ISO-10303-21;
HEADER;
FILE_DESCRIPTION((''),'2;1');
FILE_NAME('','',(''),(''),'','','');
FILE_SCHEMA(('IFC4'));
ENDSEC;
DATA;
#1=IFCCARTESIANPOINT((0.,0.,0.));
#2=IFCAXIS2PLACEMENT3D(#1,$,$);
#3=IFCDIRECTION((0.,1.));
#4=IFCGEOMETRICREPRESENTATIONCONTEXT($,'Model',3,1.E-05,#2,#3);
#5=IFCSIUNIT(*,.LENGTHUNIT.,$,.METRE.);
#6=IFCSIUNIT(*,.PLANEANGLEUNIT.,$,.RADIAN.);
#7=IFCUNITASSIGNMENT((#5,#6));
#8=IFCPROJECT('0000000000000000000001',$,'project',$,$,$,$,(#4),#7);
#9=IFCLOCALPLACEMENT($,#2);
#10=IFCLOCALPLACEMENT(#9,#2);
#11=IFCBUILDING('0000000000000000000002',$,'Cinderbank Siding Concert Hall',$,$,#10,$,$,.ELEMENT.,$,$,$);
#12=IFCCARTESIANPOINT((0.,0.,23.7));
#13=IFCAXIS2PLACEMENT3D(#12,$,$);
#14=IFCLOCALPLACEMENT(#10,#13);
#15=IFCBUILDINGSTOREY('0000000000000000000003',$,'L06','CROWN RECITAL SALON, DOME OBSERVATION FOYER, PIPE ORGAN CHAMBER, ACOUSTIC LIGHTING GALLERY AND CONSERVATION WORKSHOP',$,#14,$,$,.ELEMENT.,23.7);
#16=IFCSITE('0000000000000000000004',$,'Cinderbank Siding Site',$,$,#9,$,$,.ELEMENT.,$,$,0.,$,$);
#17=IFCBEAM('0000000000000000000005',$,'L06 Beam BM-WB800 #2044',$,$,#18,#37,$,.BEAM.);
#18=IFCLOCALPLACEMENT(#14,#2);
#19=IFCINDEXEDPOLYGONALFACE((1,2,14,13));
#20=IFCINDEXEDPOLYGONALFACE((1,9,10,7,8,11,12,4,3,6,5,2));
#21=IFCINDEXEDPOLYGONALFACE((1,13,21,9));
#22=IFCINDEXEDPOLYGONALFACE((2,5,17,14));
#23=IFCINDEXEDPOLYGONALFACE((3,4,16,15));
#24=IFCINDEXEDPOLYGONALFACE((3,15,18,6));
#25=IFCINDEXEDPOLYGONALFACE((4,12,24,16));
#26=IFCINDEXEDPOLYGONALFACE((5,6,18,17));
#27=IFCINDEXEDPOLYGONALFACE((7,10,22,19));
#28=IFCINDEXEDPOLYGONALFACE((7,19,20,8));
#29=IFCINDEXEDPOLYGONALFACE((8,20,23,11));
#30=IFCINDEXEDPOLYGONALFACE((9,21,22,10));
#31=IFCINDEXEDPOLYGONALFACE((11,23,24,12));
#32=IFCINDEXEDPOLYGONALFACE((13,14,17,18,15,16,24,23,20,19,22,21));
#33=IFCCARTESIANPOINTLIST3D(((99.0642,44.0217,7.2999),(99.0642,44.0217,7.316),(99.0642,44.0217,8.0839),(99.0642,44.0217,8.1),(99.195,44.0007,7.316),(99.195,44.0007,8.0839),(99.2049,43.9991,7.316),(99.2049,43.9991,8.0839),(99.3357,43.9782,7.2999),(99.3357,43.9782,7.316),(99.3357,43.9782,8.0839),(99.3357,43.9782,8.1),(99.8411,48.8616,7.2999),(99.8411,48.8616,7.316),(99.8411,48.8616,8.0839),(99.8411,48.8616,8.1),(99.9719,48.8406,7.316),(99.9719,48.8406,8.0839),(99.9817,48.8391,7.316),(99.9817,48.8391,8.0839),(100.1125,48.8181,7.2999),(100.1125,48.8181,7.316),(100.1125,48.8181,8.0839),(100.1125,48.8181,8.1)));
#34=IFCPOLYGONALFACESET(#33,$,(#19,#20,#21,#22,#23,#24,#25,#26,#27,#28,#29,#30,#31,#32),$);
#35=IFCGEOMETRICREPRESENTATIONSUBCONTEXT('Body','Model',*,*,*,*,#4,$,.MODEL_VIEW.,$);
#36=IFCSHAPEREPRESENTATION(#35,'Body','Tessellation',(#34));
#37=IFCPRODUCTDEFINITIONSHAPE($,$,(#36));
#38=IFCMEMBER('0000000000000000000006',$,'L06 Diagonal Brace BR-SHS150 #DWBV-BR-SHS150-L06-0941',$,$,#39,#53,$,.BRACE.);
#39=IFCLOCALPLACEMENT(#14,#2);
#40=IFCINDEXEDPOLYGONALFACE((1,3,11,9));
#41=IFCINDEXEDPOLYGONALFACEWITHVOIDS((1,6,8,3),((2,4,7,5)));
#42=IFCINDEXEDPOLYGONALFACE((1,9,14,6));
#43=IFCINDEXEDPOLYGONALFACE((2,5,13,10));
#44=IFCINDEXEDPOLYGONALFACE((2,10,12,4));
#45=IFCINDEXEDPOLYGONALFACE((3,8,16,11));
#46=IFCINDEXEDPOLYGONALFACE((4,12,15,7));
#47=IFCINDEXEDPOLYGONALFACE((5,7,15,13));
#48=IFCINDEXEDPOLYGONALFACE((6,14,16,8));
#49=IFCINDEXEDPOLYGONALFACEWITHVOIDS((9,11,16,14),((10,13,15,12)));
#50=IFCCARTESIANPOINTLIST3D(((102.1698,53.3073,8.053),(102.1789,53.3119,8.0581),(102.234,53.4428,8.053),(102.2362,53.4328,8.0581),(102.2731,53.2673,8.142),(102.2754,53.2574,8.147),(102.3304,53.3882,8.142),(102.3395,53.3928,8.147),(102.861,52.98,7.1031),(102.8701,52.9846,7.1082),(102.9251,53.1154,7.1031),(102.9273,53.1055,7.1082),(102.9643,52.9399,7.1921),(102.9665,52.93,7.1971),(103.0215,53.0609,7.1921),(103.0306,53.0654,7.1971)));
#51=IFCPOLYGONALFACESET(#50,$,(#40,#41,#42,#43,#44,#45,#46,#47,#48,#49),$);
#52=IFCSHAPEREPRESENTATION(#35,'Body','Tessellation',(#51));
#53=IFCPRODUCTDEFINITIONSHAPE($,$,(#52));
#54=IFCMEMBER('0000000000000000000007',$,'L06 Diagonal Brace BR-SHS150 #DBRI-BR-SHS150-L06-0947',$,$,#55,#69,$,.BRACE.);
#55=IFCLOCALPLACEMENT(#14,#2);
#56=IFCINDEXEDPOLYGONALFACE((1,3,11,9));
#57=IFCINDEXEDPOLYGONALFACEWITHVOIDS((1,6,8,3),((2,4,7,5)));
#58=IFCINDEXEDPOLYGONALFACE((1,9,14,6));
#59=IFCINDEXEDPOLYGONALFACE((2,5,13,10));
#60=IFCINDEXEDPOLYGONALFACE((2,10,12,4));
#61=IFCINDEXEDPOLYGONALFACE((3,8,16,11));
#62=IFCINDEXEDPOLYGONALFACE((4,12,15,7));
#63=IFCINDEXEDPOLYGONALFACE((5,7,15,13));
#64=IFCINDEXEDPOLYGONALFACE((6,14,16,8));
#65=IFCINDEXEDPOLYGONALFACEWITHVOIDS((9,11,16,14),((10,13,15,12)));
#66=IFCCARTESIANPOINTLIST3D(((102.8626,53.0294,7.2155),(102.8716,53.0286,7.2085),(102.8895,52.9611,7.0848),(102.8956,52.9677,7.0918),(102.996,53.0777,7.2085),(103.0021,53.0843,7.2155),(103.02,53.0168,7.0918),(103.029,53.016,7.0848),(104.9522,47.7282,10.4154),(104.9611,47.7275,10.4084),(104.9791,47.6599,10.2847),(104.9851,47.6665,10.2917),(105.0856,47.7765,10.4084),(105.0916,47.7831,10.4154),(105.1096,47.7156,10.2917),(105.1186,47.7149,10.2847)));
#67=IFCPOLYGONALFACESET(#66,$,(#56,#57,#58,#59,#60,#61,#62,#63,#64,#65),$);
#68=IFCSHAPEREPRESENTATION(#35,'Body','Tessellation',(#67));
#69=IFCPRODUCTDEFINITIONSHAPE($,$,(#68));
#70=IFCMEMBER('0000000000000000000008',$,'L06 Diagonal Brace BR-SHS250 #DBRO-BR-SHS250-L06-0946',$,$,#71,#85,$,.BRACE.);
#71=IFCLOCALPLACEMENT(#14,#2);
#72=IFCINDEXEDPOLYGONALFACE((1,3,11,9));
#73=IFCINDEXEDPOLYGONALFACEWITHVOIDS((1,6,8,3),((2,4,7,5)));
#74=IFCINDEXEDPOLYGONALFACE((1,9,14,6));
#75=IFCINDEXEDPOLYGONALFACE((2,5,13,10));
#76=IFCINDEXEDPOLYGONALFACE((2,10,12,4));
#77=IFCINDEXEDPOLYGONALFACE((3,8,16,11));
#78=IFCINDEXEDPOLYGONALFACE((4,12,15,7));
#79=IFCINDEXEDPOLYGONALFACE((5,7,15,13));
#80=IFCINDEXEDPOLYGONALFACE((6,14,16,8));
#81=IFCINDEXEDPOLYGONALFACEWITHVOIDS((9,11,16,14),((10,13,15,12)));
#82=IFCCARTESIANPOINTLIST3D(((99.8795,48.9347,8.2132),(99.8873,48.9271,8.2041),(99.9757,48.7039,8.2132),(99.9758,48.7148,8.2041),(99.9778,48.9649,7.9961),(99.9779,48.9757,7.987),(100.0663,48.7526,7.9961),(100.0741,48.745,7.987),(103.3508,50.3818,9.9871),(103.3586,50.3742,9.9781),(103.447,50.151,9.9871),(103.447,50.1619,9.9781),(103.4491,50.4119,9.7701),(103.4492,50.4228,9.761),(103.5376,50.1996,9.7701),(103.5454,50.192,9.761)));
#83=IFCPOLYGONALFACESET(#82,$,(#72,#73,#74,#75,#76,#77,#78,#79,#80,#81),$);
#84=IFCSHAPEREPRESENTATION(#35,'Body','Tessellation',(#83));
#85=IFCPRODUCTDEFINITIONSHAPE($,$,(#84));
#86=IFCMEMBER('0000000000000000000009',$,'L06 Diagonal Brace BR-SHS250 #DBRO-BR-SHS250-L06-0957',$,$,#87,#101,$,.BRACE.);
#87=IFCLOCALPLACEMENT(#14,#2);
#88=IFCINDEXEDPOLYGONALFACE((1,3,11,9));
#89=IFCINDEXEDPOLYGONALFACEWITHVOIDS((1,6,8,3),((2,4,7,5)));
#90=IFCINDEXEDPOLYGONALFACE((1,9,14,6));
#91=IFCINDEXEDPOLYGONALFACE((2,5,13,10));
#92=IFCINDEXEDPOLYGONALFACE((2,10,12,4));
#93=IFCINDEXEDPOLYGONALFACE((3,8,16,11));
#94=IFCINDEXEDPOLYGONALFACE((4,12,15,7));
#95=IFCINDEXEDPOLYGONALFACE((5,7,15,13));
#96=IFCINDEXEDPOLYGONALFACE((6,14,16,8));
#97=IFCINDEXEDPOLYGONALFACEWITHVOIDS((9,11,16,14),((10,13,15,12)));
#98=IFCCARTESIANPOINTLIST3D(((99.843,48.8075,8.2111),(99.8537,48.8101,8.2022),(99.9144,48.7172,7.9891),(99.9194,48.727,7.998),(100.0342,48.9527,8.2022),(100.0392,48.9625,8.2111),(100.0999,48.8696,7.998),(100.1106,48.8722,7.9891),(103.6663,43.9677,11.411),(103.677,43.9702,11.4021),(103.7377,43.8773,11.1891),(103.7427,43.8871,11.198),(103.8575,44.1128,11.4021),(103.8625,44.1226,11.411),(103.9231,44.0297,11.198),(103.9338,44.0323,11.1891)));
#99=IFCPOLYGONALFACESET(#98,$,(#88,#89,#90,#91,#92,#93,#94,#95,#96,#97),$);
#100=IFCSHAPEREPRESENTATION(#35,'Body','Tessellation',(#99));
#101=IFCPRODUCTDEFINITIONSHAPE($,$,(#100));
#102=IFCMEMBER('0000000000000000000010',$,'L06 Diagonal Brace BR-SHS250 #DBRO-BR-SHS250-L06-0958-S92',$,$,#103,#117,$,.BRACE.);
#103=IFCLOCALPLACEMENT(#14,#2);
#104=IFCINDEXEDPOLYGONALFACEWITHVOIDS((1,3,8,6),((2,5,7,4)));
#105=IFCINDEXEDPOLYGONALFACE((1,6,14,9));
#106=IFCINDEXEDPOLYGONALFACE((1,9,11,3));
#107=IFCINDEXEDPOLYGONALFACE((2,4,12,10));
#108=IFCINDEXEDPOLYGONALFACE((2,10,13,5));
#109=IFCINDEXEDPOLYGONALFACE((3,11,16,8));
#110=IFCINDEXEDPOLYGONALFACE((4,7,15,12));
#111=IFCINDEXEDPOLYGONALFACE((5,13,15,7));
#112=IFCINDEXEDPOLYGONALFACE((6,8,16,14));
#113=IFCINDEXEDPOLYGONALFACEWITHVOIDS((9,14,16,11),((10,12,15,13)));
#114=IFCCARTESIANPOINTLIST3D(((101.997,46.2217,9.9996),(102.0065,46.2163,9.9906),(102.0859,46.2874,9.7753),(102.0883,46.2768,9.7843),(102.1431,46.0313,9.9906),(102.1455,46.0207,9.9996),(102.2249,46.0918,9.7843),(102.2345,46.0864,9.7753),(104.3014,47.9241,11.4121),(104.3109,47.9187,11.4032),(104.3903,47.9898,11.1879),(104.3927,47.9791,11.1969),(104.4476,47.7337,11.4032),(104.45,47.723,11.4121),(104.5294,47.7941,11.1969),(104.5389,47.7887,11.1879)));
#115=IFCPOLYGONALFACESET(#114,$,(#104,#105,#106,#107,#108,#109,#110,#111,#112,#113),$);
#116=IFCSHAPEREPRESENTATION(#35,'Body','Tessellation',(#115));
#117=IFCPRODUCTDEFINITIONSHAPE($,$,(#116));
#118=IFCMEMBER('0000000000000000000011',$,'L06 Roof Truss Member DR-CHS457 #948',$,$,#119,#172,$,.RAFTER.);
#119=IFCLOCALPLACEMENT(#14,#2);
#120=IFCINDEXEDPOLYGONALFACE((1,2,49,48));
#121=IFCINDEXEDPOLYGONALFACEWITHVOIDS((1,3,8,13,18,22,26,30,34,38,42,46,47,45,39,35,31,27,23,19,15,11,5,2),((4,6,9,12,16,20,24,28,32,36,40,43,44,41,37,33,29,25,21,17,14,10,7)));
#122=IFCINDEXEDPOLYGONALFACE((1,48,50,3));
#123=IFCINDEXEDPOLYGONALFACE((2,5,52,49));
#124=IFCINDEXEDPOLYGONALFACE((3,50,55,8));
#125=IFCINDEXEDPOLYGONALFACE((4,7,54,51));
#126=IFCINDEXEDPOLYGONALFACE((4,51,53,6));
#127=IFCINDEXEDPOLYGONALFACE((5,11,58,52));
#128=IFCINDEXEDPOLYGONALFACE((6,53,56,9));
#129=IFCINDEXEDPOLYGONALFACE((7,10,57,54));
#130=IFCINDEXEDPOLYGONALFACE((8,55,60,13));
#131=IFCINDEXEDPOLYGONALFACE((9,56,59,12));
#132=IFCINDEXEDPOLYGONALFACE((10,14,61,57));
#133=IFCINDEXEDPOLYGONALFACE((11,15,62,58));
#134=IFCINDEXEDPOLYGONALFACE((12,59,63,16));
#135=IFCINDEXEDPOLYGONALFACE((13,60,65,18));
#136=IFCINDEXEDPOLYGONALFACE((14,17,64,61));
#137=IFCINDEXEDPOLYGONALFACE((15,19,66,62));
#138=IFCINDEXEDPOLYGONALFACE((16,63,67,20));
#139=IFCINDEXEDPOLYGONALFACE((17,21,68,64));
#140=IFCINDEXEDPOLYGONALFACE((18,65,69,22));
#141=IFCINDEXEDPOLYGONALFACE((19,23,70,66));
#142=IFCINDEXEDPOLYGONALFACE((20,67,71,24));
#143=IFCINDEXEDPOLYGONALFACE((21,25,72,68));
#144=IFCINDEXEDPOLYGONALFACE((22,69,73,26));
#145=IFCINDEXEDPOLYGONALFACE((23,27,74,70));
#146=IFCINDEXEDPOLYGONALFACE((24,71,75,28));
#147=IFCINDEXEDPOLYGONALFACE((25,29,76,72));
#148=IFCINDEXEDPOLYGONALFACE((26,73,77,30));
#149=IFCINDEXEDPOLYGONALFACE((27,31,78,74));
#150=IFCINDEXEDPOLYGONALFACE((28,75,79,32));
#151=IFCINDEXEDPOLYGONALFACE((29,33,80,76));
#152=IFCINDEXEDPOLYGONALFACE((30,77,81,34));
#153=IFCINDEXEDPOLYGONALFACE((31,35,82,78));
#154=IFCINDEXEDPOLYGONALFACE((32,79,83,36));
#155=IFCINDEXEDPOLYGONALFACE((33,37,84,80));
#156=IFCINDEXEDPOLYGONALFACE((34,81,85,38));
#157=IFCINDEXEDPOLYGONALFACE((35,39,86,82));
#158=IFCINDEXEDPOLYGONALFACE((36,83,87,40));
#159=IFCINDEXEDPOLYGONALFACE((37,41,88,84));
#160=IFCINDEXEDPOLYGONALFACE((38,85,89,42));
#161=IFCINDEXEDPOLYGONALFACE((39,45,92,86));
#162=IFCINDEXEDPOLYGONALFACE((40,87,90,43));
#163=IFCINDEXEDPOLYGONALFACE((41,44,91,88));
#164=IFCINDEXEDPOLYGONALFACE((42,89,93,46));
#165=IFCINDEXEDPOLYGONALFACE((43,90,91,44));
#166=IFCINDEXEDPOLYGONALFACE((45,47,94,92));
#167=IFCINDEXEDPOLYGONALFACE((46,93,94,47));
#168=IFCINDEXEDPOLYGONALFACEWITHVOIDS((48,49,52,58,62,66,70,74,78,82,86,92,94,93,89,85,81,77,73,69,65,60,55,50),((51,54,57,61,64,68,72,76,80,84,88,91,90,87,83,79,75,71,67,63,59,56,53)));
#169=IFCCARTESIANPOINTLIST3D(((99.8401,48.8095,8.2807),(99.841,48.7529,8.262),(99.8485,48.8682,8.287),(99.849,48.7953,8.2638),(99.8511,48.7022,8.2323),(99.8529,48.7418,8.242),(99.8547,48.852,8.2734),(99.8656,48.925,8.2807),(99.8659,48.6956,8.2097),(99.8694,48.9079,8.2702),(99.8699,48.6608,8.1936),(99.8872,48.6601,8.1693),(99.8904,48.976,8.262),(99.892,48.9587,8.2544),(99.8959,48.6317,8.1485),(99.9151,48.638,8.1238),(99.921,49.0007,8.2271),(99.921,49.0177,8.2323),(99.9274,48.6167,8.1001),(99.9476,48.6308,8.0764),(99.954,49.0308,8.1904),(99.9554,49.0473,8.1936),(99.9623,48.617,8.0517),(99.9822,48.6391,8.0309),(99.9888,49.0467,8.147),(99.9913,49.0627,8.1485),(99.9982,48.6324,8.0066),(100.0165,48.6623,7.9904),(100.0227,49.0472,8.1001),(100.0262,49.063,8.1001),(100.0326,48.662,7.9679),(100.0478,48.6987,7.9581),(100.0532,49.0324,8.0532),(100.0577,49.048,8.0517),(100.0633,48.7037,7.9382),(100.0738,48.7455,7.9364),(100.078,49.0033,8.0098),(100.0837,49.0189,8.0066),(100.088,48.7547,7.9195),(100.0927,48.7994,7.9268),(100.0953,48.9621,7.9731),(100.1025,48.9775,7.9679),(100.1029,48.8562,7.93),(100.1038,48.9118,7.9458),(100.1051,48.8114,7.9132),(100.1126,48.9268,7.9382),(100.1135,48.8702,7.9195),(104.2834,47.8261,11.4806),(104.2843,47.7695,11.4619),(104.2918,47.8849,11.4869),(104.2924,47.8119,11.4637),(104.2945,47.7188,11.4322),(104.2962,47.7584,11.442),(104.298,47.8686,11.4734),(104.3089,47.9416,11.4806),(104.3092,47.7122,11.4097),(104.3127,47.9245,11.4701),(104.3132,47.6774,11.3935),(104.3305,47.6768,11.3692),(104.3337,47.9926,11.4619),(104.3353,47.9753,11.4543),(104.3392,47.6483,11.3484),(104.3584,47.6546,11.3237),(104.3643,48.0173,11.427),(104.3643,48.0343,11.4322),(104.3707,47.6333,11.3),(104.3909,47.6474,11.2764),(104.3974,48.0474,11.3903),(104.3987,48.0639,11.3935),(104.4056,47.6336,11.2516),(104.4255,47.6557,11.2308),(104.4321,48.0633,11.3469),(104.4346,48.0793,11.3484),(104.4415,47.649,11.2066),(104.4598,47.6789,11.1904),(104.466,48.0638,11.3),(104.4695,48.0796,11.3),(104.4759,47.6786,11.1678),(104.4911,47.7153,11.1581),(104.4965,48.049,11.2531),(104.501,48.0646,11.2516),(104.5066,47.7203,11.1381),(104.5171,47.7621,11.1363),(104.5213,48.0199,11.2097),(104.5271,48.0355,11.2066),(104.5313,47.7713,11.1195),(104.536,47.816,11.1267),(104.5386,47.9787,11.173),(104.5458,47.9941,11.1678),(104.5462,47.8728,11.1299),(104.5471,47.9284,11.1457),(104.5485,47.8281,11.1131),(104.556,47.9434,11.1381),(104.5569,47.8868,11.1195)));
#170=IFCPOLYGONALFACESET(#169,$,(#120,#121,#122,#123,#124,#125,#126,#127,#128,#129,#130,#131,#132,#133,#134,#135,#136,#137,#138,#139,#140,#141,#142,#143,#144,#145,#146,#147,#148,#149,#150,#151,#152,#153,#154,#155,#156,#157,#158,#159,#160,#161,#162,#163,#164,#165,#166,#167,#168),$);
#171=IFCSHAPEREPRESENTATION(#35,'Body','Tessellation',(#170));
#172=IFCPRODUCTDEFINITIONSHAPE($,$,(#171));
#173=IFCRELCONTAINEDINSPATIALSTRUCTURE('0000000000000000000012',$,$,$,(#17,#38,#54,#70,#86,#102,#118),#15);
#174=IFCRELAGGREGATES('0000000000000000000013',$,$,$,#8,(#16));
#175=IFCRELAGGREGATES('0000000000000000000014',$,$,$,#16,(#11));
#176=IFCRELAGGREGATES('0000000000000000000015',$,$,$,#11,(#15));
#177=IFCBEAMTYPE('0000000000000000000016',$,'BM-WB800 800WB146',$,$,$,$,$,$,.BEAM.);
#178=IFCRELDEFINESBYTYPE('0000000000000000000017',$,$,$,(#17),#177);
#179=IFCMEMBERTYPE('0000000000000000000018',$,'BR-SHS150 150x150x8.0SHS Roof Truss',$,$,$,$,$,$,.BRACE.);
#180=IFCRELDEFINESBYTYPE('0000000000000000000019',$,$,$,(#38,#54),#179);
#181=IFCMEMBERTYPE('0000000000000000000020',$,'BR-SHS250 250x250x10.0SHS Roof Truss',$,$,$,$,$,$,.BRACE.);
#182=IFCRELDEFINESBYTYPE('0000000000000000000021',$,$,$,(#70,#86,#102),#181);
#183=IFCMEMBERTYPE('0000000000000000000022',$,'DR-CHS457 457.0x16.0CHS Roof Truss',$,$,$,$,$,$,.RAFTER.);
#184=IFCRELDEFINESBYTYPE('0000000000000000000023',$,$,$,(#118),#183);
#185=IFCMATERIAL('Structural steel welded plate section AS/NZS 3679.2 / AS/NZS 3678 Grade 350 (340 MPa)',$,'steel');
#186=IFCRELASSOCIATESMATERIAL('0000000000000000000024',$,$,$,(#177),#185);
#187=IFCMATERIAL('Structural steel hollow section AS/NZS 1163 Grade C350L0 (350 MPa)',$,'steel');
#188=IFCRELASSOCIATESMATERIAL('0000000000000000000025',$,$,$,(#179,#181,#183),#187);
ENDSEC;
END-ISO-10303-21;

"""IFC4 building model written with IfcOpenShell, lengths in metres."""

from ifc_helpers import new_model, si_unit, direction, frame, origin, origin_2d, place, context, subcontext, project, spatial, hollow_rectangle, hollow_circle, i_section, extrude, material, material_profile, profile_set, type_object, element, save


model = new_model("IFC4")

# Units and contexts
model_context = context("Model", 3, precision=1e-05, world=origin(), true_north=direction((0.0, 1.0)))
body_context = subcontext(model_context, "Body", "Model", "MODEL_VIEW")
ifc_project = project(units=[si_unit("LENGTHUNIT", "METRE"), si_unit("PLANEANGLEUNIT", "RADIAN")], contexts=[model_context])

# Site, building, storey
site_placement = place(None, origin())
site = spatial("IfcSite", under=ifc_project, at=site_placement, Name="Cinderbank Siding Site", CompositionType="ELEMENT", RefElevation=0.0)
building_placement = place(site_placement, origin())
building = spatial("IfcBuilding", under=site, at=building_placement, Name="Cinderbank Siding Concert Hall", CompositionType="ELEMENT")
storey_placement = place(building_placement, frame((0.0, 0.0, 23.7)))
storey = spatial("IfcBuildingStorey", under=building, at=storey_placement, Name="L06", Description="CROWN RECITAL SALON, DOME OBSERVATION FOYER, PIPE ORGAN CHAMBER, ACOUSTIC LIGHTING GALLERY AND CONSERVATION WORKSHOP", CompositionType="ELEMENT", Elevation=23.7)

# Beam
ifc_material_1 = material(Name="Structural steel welded plate section AS/NZS 3679.2 / AS/NZS 3678 Grade 350 (340 MPa)", Category="steel")
ifc_material_profile_1 = material_profile(ifc_material_1, i_section(OverallWidth=0.2749, OverallDepth=0.8, WebThickness=0.01, FlangeThickness=0.0161, at=origin_2d()), Name="800WB146", Category="LoadBearing")
ifc_profile_set_1 = profile_set([ifc_material_profile_1], Name="Structural steel welded plate section AS/NZS 3679.2 / AS/NZS 3678 Grade 350 (340 MPa)")
beam_type = type_object("IfcBeamType", Name="BM-WB800 800WB146", PredefinedType="BEAM", material=ifc_profile_set_1)
beam_placement = place(storey_placement, frame((99.9768, 48.8398, 7.7), z_axis=(-0.158484, -0.987362, 0.0), x_axis=(0.987362, -0.158484, 0.0)))
element("IfcBeam", 1, at=beam_placement, inside=storey, type_object=beam_type, Name="L06 Beam BM-WB800 #2044", PredefinedType="BEAM", context=body_context, shape_type="SweptSolid", body=[
    extrude(i_section(OverallWidth=0.2749, OverallDepth=0.8, WebThickness=0.01, FlangeThickness=0.0161, at=origin_2d()), origin(), (0.0, 0.0, 1.0), 4.9019),
])

# Members
ifc_material_2 = material(Name="Structural steel hollow section AS/NZS 1163 Grade C350L0 (350 MPa)", Category="steel")
ifc_material_profile_2 = material_profile(ifc_material_2, hollow_rectangle(XDim=0.1499, YDim=0.1499, WallThickness=0.0081, at=origin_2d()), Name="150x150x8.0SHS", Category="LoadBearing")
ifc_profile_set_2 = profile_set([ifc_material_profile_2], Name="Structural steel hollow section AS/NZS 1163 Grade C350L0 (350 MPa)")
member_type_1 = type_object("IfcMemberType", Name="BR-SHS150 150x150x8.0SHS Roof Truss", PredefinedType="BRACE", material=ifc_profile_set_2)
member_1_placement = place(storey_placement, frame((102.9458, 53.0227, 7.1501), z_axis=(-0.566736, 0.268454, 0.778937), x_axis=(-0.428086, -0.903738, 0.0)))
element("IfcMember", 2, at=member_1_placement, inside=storey, type_object=member_type_1, Name="L06 Diagonal Brace BR-SHS150 #DWBV-BR-SHS150-L06-0941", PredefinedType="BRACE", context=body_context, shape_type="SweptSolid", body=[
    extrude(hollow_rectangle(XDim=0.1499, YDim=0.1499, WallThickness=0.0081, at=origin_2d()), origin(), (0.0, 0.0, 1.0), 1.2195),
])
member_2_placement = place(storey_placement, frame((102.9458, 53.0227, 7.1501), z_axis=(0.319743, -0.81118, 0.489644), x_axis=(0.930335, 0.36671, 0.0)))
element("IfcMember", 3, at=member_2_placement, inside=storey, type_object=member_type_1, Name="L06 Diagonal Brace BR-SHS150 #DBRI-BR-SHS150-L06-0947", PredefinedType="BRACE", context=body_context, shape_type="SweptSolid", body=[
    extrude(hollow_rectangle(XDim=0.1499, YDim=0.1499, WallThickness=0.0081, at=origin_2d()), origin(), (0.0, 0.0, 1.0), 6.5352),
])
ifc_material_profile_3 = material_profile(ifc_material_2, hollow_rectangle(XDim=0.25, YDim=0.25, WallThickness=0.01, at=origin_2d()), Name="250x250x10.0SHS", Category="LoadBearing")
ifc_profile_set_3 = profile_set([ifc_material_profile_3], Name="Structural steel hollow section AS/NZS 1163 Grade C350L0 (350 MPa)")
member_type_2 = type_object("IfcMemberType", Name="BR-SHS250 250x250x10.0SHS Roof Truss", PredefinedType="BRACE", material=ifc_profile_set_3)
member_3_placement = place(storey_placement, frame((99.9768, 48.8398, 8.1001), z_axis=(0.834801, 0.348, 0.426619), x_axis=(-0.384772, 0.923012, 0.0)))
element("IfcMember", 4, at=member_3_placement, inside=storey, type_object=member_type_2, Name="L06 Diagonal Brace BR-SHS250 #DBRO-BR-SHS250-L06-0946", PredefinedType="BRACE", context=body_context, shape_type="SweptSolid", body=[
    extrude(hollow_rectangle(XDim=0.25, YDim=0.25, WallThickness=0.01, at=origin_2d()), origin(), (0.0, 0.0, 1.0), 4.1582),
])
member_4_placement = place(storey_placement, frame((99.9768, 48.8398, 8.1001), z_axis=(0.55023, -0.696536, 0.460527), x_axis=(0.7847, 0.619875, 0.0)))
element("IfcMember", 5, at=member_4_placement, inside=storey, type_object=member_type_2, Name="L06 Diagonal Brace BR-SHS250 #DBRO-BR-SHS250-L06-0957", PredefinedType="BRACE", context=body_context, shape_type="SweptSolid", body=[
    extrude(hollow_rectangle(XDim=0.25, YDim=0.25, WallThickness=0.01, at=origin_2d()), origin(), (0.0, 0.0, 1.0), 6.9485),
])
member_5_placement = place(storey_placement, frame((102.1157, 46.1541, 9.8875), z_axis=(0.721407, 0.532934, 0.442214), x_axis=(-0.59419, 0.804325, 0.0)))
element("IfcMember", 6, at=member_5_placement, inside=storey, type_object=member_type_2, Name="L06 Diagonal Brace BR-SHS250 #DBRO-BR-SHS250-L06-0958-S92", PredefinedType="BRACE", context=body_context, shape_type="SweptSolid", body=[
    extrude(hollow_rectangle(XDim=0.25, YDim=0.25, WallThickness=0.01, at=origin_2d()), origin(), (0.0, 0.0, 1.0), 3.1943),
])
ifc_material_profile_4 = material_profile(ifc_material_2, hollow_circle(Radius=0.2285, WallThickness=0.0161, at=origin_2d()), Name="457.0x16.0CHS", Category="LoadBearing")
ifc_profile_set_4 = profile_set([ifc_material_profile_4], Name="Structural steel hollow section AS/NZS 1163 Grade C350L0 (350 MPa)")
member_type_3 = type_object("IfcMemberType", Name="DR-CHS457 457.0x16.0CHS Roof Truss", PredefinedType="RAFTER", material=ifc_profile_set_4)
member_6_placement = place(storey_placement, frame((99.9768, 48.8398, 8.1001), z_axis=(0.798693, -0.176766, 0.57519), x_axis=(0.21609, 0.976374, 0.0)))
element("IfcMember", 7, at=member_6_placement, inside=storey, type_object=member_type_3, Name="L06 Roof Truss Member DR-CHS457 #948", PredefinedType="RAFTER", context=body_context, shape_type="SweptSolid", body=[
    extrude(hollow_circle(Radius=0.2285, WallThickness=0.0161, at=origin_2d()), origin(), (0.0, 0.0, 1.0), 5.5632),
])

save(model, "model.ifc")
